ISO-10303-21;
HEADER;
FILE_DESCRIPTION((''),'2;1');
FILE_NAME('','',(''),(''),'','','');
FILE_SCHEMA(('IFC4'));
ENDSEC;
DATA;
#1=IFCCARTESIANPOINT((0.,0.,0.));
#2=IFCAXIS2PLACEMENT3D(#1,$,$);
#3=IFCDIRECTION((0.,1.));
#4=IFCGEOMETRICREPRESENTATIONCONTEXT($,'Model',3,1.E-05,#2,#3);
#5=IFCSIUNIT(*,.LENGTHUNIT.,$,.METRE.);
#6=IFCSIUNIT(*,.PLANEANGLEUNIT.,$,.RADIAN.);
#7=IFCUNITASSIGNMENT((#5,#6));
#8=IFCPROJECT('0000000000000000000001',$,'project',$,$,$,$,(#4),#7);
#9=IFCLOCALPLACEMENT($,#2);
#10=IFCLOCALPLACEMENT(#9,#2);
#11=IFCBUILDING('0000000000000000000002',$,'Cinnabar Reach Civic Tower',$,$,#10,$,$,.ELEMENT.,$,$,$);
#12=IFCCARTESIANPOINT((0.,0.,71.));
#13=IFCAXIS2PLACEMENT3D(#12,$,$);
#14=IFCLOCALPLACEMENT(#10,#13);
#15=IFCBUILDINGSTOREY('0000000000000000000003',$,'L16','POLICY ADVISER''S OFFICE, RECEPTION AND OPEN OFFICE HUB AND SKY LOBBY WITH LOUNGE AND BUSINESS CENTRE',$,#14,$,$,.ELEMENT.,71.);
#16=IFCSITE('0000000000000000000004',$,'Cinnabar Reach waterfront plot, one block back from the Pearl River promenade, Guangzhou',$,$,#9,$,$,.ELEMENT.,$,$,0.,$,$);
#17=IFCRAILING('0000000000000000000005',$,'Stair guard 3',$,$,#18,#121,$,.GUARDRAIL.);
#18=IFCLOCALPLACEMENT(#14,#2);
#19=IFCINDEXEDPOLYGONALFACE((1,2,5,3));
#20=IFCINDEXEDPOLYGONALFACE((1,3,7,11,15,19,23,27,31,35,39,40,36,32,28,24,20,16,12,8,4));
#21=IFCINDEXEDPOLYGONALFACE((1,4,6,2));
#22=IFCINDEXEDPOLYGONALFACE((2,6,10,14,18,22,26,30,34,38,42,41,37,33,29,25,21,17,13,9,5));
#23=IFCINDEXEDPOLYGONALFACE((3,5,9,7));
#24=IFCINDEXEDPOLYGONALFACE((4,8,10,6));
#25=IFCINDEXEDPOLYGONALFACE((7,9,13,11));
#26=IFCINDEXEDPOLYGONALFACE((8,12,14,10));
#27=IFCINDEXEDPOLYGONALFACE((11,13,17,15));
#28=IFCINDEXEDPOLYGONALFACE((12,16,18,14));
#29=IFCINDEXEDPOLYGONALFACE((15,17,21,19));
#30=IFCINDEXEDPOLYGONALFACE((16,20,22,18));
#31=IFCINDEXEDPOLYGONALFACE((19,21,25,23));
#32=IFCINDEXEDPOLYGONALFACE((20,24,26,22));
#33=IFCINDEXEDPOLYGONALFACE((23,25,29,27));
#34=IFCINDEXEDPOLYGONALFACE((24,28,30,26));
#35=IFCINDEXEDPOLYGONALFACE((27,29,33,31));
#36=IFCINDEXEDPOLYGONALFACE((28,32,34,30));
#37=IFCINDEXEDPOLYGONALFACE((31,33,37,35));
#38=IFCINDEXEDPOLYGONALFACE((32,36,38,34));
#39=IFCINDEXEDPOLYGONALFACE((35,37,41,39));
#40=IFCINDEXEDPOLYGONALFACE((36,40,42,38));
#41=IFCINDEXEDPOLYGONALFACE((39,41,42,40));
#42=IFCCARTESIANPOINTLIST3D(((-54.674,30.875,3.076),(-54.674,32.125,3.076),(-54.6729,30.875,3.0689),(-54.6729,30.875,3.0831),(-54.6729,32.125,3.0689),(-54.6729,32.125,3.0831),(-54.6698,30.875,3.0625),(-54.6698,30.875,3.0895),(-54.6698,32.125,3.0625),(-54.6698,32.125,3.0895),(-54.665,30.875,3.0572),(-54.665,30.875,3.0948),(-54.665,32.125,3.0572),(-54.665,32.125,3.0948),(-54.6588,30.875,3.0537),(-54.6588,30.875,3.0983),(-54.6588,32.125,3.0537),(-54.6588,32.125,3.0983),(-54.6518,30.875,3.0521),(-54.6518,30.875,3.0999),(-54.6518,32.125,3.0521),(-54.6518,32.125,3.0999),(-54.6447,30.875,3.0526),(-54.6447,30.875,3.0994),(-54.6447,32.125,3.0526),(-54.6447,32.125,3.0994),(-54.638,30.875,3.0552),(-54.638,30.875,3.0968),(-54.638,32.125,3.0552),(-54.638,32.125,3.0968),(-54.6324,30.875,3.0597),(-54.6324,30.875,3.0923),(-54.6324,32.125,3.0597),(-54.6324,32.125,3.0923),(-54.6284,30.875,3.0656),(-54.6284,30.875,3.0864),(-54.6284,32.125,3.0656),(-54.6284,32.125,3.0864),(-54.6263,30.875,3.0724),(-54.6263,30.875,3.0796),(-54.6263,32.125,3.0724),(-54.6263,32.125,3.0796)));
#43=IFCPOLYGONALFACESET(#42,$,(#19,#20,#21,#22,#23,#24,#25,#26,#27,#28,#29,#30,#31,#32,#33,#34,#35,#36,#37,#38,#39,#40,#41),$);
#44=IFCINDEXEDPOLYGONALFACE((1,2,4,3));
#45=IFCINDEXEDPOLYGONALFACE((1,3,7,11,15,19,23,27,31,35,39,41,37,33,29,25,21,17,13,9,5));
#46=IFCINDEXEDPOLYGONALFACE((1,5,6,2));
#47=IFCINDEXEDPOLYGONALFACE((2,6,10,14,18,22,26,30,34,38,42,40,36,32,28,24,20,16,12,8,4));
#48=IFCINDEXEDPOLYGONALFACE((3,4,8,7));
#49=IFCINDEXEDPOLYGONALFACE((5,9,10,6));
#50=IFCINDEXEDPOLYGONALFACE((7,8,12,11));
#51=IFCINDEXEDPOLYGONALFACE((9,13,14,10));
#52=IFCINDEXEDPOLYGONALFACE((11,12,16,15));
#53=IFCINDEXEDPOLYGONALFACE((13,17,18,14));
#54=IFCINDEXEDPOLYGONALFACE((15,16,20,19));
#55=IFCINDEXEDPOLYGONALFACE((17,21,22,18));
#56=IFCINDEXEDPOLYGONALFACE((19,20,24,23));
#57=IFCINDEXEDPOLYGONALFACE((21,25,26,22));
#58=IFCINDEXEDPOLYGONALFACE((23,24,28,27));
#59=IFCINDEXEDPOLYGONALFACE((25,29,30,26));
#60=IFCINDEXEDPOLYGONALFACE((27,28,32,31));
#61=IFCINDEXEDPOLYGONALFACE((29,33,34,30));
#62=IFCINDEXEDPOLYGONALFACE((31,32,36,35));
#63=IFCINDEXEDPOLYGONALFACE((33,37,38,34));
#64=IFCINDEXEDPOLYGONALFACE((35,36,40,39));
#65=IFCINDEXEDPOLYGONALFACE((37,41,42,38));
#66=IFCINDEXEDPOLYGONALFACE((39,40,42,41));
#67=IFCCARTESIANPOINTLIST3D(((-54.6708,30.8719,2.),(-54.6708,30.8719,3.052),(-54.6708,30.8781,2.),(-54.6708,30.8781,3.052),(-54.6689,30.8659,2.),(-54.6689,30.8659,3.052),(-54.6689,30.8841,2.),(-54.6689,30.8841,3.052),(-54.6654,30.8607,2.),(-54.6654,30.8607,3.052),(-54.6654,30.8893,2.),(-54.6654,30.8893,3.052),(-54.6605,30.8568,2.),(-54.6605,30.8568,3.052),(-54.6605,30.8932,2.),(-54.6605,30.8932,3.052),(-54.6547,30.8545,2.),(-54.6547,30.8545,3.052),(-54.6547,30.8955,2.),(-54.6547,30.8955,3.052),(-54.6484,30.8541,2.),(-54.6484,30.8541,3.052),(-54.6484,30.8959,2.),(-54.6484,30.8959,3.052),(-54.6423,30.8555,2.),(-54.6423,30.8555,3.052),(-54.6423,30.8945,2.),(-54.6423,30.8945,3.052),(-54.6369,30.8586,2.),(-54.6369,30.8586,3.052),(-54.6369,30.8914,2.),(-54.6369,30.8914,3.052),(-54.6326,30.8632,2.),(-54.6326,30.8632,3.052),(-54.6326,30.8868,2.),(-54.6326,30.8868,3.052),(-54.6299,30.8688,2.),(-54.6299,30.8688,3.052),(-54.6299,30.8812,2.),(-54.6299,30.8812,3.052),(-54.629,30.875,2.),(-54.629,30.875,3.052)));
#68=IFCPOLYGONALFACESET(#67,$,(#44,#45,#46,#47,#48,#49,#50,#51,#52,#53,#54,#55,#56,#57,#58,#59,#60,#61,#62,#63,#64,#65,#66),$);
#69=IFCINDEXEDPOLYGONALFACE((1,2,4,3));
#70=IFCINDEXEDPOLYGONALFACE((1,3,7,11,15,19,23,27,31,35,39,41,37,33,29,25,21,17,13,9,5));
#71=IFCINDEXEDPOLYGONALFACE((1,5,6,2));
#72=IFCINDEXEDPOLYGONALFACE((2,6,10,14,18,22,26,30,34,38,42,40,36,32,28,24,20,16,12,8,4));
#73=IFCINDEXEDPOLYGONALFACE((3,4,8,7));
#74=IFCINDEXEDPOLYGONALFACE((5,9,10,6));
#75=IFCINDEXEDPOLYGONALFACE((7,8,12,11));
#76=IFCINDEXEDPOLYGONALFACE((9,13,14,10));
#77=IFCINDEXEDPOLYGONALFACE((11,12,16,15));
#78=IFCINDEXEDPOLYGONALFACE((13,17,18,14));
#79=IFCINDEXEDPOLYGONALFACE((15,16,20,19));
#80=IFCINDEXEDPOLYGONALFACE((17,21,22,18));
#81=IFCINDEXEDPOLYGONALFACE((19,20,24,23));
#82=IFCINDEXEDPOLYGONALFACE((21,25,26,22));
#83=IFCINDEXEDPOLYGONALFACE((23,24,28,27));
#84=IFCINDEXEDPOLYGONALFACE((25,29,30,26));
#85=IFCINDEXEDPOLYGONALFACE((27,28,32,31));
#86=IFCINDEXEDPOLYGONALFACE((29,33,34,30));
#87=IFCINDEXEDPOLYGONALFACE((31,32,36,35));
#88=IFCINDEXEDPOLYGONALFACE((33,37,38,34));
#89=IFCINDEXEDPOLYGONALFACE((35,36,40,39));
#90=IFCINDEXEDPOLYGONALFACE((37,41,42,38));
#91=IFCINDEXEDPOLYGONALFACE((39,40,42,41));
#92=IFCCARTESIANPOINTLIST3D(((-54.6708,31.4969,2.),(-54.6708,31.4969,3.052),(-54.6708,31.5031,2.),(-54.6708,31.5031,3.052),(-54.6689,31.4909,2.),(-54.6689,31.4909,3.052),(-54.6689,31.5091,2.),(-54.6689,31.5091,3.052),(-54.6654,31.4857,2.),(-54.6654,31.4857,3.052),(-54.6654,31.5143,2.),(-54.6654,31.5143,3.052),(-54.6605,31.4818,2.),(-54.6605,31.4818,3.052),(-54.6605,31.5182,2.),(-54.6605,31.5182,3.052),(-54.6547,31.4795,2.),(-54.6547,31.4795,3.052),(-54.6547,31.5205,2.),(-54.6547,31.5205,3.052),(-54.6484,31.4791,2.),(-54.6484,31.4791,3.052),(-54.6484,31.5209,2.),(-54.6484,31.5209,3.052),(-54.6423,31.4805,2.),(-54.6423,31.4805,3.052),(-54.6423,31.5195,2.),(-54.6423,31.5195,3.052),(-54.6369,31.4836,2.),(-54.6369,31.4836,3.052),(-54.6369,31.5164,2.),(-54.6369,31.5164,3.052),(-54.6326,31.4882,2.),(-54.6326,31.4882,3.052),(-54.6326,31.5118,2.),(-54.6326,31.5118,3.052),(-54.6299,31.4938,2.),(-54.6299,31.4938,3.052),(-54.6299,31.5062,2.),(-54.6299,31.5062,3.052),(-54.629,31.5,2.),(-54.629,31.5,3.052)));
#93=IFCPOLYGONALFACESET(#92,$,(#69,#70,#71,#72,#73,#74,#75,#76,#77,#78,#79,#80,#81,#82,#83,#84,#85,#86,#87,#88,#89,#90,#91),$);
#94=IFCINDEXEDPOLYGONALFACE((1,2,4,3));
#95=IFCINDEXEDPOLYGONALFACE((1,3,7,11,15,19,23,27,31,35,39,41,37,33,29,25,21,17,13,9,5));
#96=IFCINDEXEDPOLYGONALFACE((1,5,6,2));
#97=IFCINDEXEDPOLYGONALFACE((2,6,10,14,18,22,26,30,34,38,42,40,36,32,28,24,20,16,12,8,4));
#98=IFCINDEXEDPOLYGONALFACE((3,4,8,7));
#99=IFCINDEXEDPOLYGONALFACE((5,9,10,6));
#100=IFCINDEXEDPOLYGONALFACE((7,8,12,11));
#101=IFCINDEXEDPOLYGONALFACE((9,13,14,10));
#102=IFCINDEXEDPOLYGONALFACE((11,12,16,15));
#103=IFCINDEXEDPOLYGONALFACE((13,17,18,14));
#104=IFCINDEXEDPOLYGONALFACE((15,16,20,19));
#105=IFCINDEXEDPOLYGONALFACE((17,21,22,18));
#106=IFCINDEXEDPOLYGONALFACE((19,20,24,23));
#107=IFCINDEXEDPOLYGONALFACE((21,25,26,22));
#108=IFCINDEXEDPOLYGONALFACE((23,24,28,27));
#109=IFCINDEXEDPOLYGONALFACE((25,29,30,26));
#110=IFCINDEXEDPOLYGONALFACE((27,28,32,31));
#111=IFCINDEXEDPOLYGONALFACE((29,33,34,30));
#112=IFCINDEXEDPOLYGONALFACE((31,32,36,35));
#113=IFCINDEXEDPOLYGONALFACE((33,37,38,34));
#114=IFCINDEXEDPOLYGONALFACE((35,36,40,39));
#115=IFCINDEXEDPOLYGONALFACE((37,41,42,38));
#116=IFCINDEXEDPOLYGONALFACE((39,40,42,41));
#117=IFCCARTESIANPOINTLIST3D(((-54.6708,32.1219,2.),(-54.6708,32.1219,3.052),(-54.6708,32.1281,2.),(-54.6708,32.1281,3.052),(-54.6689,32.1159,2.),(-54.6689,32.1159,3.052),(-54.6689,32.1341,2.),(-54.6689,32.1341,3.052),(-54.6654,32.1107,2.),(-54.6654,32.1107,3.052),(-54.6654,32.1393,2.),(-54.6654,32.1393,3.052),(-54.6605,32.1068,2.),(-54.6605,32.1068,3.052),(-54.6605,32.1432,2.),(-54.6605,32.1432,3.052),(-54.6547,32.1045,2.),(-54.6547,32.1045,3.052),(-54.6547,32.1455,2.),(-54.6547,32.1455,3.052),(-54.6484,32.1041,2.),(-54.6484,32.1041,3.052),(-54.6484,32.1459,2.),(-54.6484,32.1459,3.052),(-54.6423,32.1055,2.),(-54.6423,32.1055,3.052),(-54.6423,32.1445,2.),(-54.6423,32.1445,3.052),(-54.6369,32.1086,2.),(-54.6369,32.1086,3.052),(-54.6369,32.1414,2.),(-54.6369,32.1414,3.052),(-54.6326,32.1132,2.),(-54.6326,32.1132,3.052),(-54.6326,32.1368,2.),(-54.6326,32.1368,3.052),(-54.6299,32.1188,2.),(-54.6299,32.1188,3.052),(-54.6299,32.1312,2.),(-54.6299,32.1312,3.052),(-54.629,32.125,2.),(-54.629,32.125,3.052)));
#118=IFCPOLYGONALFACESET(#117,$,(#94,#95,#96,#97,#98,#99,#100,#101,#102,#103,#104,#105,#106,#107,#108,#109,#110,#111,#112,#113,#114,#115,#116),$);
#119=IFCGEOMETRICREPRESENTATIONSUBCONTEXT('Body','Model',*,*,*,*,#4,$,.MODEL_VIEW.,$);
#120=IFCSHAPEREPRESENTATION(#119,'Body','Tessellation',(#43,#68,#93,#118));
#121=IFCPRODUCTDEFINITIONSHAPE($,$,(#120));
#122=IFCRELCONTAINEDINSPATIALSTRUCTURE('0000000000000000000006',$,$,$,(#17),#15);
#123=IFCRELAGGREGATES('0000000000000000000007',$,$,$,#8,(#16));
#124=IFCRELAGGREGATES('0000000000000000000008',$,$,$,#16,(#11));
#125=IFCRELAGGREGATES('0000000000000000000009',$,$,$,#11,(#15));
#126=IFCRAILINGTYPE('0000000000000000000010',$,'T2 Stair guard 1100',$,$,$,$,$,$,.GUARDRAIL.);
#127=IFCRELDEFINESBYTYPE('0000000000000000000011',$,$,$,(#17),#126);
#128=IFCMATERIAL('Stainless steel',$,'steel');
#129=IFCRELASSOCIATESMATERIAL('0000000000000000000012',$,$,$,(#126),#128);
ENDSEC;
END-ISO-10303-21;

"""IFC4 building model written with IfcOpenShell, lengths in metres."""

from ifc_helpers import new_model, si_unit, direction, frame, origin, origin_2d, place, context, subcontext, project, spatial, circle, extrude, material, type_object, element, save


model = new_model("IFC4")

# Units and contexts
model_context = context("Model", 3, precision=1e-05, world=origin(), true_north=direction((0.0, 1.0)))
body_context = subcontext(model_context, "Body", "Model", "MODEL_VIEW")
ifc_project = project(units=[si_unit("LENGTHUNIT", "METRE"), si_unit("PLANEANGLEUNIT", "RADIAN")], contexts=[model_context])

# Site, building, storey
site_placement = place(None, origin())
site = spatial("IfcSite", under=ifc_project, at=site_placement, Name="Cinnabar Reach waterfront plot, one block back from the Pearl River promenade, Guangzhou", CompositionType="ELEMENT", RefElevation=0.0)
building_placement = place(site_placement, origin())
building = spatial("IfcBuilding", under=site, at=building_placement, Name="Cinnabar Reach Civic Tower", CompositionType="ELEMENT")
storey_placement = place(building_placement, frame((0.0, 0.0, 71.0)))
storey = spatial("IfcBuildingStorey", under=building, at=storey_placement, Name="L16", Description="POLICY ADVISER'S OFFICE, RECEPTION AND OPEN OFFICE HUB AND SKY LOBBY WITH LOUNGE AND BUSINESS CENTRE", CompositionType="ELEMENT", Elevation=71.0)

# Railing
ifc_material_1 = material(Name="Stainless steel", Category="steel")
railing_type = type_object("IfcRailingType", Name="T2 Stair guard 1100", PredefinedType="GUARDRAIL", material=ifc_material_1)
railing_1_placement = place(storey_placement, frame((-54.65, 30.875, 2.0)))
element("IfcRailing", 1, at=railing_1_placement, inside=storey, type_object=railing_type, Name="Stair guard 3", PredefinedType="GUARDRAIL", context=body_context, shape_type="SweptSolid", body=[
    extrude(circle(Radius=0.024, at=origin_2d()), frame((0.0, 0.0, 1.076), z_axis=(0.0, 1.0, 0.0), x_axis=(-1.0, 0.0, 0.0)), (0.0, 0.0, 1.0), 1.25),
    extrude(circle(Radius=0.021, at=origin_2d()), origin(), (0.0, 0.0, 1.0), 1.052),
    extrude(circle(Radius=0.021, at=origin_2d()), frame((0.0, 0.625, 0.0)), (0.0, 0.0, 1.0), 1.052),
    extrude(circle(Radius=0.021, at=origin_2d()), frame((0.0, 1.25, 0.0)), (0.0, 0.0, 1.0), 1.052),
])

save(model, "model.ifc")
